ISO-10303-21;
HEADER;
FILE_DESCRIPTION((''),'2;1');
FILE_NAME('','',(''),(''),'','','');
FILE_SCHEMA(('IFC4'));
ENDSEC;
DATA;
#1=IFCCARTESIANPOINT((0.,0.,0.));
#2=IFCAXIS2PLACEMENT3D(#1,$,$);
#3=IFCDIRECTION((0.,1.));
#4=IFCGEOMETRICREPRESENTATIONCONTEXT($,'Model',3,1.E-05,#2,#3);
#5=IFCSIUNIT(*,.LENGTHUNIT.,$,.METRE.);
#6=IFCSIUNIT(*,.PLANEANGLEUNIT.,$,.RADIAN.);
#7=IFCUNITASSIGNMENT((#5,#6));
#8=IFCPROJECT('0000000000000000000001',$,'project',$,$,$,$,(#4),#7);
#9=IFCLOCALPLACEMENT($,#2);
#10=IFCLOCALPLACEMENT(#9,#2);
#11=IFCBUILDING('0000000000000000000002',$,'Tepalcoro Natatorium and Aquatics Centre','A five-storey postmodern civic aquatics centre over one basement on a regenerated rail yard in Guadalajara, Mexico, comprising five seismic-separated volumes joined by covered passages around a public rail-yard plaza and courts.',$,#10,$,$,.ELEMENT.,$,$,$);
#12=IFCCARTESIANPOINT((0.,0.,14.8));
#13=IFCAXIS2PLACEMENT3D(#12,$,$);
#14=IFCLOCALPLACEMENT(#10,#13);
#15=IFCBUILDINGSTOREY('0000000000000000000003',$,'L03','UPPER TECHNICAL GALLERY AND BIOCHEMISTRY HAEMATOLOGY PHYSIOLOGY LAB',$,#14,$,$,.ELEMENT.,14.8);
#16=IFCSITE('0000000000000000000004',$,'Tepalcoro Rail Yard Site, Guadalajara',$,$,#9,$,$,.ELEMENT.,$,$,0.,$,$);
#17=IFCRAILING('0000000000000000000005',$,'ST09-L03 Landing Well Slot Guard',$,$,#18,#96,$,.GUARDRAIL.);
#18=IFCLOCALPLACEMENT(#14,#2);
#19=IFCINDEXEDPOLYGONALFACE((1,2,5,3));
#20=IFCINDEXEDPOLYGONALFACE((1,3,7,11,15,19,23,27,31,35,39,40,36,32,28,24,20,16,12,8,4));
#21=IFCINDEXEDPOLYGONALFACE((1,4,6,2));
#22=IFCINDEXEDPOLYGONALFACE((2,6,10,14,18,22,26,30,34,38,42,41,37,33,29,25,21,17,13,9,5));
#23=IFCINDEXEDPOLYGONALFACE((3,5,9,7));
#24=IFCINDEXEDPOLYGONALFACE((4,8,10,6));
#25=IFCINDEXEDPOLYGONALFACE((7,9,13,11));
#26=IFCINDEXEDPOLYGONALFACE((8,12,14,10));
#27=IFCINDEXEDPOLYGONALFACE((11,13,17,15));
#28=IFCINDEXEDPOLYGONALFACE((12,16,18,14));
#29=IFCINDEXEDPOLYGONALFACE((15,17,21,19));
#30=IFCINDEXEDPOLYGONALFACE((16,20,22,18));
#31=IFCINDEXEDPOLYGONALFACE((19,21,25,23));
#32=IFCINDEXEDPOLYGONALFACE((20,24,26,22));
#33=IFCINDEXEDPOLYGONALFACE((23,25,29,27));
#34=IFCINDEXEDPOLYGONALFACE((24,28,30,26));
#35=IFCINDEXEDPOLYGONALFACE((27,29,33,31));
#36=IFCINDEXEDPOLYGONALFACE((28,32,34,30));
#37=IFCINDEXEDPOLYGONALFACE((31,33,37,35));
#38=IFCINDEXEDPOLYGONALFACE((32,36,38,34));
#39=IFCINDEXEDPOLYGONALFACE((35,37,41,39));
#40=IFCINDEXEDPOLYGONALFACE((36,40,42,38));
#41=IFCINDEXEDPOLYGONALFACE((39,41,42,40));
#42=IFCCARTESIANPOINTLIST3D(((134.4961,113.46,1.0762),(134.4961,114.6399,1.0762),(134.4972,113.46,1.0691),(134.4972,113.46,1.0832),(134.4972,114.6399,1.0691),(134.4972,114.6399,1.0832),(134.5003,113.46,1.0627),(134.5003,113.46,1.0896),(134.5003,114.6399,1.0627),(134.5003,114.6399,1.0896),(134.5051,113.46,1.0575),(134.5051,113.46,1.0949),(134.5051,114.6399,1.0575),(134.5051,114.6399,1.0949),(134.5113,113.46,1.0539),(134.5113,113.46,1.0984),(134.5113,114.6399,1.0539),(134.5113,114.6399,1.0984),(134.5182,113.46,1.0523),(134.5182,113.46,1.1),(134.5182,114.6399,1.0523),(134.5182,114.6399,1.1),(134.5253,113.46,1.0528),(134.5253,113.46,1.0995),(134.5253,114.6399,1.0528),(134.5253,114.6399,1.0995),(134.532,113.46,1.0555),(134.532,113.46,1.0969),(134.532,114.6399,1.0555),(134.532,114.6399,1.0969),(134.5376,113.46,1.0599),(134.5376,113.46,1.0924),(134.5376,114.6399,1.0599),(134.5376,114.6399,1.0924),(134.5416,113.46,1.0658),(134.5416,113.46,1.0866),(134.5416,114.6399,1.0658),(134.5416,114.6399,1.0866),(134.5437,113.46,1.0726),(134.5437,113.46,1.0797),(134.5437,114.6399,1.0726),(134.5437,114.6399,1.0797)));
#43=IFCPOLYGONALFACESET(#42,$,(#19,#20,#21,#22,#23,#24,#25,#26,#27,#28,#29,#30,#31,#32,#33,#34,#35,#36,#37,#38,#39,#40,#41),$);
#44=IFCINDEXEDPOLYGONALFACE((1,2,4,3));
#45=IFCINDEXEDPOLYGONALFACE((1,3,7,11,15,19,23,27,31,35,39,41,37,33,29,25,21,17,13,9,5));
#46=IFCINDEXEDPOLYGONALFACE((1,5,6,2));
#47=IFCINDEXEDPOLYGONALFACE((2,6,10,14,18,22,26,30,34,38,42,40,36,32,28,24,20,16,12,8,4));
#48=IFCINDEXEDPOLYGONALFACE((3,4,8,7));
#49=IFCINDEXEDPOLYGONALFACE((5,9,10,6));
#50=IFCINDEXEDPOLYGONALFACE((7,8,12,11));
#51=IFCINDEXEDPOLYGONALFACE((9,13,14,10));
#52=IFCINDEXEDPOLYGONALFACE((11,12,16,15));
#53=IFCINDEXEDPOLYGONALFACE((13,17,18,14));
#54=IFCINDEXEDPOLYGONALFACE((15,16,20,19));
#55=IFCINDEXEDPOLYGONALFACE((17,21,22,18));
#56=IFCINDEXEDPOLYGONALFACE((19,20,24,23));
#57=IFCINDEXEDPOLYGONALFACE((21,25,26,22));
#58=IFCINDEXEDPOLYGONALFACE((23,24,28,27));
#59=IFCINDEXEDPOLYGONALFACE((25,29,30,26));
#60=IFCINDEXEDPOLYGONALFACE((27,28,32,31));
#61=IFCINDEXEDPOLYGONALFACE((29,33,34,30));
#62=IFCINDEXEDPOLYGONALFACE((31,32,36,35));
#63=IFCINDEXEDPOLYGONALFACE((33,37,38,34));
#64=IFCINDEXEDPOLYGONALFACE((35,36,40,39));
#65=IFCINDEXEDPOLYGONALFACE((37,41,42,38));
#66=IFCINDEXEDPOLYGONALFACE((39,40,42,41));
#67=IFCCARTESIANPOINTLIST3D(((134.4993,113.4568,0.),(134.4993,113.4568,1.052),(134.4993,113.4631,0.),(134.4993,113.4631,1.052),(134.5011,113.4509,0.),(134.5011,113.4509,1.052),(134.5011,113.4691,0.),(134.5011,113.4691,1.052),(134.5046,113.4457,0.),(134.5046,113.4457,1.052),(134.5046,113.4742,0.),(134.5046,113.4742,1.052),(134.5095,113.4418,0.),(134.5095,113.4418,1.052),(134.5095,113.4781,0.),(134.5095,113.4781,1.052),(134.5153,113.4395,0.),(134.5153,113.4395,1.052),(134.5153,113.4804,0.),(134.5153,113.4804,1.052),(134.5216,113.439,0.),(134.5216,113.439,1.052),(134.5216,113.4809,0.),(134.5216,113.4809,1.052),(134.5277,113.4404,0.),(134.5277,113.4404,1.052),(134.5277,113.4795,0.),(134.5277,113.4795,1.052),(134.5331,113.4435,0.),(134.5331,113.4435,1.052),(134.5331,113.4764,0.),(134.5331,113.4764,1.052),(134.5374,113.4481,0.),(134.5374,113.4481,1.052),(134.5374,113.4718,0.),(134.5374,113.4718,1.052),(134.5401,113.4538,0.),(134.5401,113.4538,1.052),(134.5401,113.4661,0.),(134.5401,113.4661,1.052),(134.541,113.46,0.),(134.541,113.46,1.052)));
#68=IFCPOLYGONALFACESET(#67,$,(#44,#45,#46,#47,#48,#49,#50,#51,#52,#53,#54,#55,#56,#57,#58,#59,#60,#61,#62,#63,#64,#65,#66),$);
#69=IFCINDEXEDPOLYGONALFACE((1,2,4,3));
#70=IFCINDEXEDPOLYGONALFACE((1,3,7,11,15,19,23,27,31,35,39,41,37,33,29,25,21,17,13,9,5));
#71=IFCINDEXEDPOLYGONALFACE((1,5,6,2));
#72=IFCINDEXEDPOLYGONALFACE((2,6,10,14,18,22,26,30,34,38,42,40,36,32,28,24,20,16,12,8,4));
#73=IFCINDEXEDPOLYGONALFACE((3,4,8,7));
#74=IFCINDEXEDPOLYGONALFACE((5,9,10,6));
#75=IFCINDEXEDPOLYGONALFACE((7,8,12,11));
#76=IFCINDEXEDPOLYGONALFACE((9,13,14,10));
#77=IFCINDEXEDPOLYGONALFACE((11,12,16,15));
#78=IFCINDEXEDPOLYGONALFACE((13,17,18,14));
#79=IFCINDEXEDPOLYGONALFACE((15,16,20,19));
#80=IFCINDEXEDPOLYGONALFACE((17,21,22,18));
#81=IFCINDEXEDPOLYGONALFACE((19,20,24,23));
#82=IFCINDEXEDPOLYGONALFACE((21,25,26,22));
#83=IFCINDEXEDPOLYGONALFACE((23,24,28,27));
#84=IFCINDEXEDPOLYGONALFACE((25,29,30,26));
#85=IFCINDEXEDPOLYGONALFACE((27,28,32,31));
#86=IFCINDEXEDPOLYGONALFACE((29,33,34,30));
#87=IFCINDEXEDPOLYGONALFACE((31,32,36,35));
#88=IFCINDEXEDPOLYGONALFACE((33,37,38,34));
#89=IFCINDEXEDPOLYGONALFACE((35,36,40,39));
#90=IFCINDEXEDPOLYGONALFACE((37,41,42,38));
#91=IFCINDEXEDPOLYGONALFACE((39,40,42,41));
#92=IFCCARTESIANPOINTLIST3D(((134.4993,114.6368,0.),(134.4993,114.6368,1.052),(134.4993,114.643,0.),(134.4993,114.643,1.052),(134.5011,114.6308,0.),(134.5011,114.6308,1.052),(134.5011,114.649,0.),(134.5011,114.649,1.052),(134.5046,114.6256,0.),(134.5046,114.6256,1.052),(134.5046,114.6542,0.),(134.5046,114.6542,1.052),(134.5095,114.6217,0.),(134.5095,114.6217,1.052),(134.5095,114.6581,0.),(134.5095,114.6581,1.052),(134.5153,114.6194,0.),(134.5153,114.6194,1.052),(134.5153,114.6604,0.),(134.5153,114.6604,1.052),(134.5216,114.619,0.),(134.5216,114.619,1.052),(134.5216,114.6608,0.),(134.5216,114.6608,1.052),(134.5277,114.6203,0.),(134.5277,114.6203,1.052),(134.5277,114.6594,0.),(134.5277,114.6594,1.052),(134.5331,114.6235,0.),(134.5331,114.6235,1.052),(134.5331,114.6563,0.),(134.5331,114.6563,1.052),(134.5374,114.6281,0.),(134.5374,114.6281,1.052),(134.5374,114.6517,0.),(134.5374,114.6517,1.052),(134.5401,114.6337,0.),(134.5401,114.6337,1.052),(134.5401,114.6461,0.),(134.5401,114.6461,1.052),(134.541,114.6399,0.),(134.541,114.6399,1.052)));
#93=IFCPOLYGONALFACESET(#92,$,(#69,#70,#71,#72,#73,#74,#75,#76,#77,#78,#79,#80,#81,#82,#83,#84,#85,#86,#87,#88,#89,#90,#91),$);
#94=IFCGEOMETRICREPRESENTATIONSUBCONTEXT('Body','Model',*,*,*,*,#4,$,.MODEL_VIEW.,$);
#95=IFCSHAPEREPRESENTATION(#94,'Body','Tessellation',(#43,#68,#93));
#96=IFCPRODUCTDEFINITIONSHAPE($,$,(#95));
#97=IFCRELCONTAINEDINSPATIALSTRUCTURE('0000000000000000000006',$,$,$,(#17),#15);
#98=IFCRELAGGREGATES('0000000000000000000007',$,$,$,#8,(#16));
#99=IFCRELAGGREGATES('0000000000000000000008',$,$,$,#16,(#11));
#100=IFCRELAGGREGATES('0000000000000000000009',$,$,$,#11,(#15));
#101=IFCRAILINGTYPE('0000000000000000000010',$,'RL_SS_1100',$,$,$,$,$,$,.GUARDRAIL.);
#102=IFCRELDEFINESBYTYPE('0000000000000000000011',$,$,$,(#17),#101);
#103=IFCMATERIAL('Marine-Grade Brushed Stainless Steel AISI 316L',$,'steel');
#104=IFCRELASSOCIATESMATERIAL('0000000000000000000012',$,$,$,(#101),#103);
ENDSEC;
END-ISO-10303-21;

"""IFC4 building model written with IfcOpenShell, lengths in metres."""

from ifc_helpers import new_model, si_unit, direction, frame, origin, origin_2d, place, context, subcontext, project, spatial, circle, extrude, material, type_object, element, save


model = new_model("IFC4")

# Units and contexts
model_context = context("Model", 3, precision=1e-05, world=origin(), true_north=direction((0.0, 1.0)))
body_context = subcontext(model_context, "Body", "Model", "MODEL_VIEW")
ifc_project = project(units=[si_unit("LENGTHUNIT", "METRE"), si_unit("PLANEANGLEUNIT", "RADIAN")], contexts=[model_context])

# Site, building, storey
site_placement = place(None, origin())
site = spatial("IfcSite", under=ifc_project, at=site_placement, Name="Tepalcoro Rail Yard Site, Guadalajara", CompositionType="ELEMENT", RefElevation=0.0)
building_placement = place(site_placement, origin())
building = spatial("IfcBuilding", under=site, at=building_placement, Name="Tepalcoro Natatorium and Aquatics Centre", Description="A five-storey postmodern civic aquatics centre over one basement on a regenerated rail yard in Guadalajara, Mexico, comprising five seismic-separated volumes joined by covered passages around a public rail-yard plaza and courts.", CompositionType="ELEMENT")
storey_placement = place(building_placement, frame((0.0, 0.0, 14.8)))
storey = spatial("IfcBuildingStorey", under=building, at=storey_placement, Name="L03", Description="UPPER TECHNICAL GALLERY AND BIOCHEMISTRY HAEMATOLOGY PHYSIOLOGY LAB", CompositionType="ELEMENT", Elevation=14.8)

# Railing
ifc_material_1 = material(Name="Marine-Grade Brushed Stainless Steel AISI 316L", Category="steel")
railing_type_1 = type_object("IfcRailingType", Name="RL_SS_1100", PredefinedType="GUARDRAIL", material=ifc_material_1)
railing_1_placement = place(storey_placement, frame((134.52, 113.46, 0.0)))
element("IfcRailing", 1, at=railing_1_placement, inside=storey, type_object=railing_type_1, Name="ST09-L03 Landing Well Slot Guard", PredefinedType="GUARDRAIL", context=body_context, shape_type="SweptSolid", body=[
    extrude(circle(Radius=0.0239, at=origin_2d()), frame((0.0, 0.0, 1.0762), z_axis=(0.0, 1.0, 0.0), x_axis=(-1.0, 0.0, 0.0)), (0.0, 0.0, 1.0), 1.1799),
    extrude(circle(Radius=0.021, at=origin_2d()), origin(), (0.0, 0.0, 1.0), 1.052),
    extrude(circle(Radius=0.021, at=origin_2d()), frame((0.0, 1.1799, 0.0)), (0.0, 0.0, 1.0), 1.052),
])

save(model, "model.ifc")
